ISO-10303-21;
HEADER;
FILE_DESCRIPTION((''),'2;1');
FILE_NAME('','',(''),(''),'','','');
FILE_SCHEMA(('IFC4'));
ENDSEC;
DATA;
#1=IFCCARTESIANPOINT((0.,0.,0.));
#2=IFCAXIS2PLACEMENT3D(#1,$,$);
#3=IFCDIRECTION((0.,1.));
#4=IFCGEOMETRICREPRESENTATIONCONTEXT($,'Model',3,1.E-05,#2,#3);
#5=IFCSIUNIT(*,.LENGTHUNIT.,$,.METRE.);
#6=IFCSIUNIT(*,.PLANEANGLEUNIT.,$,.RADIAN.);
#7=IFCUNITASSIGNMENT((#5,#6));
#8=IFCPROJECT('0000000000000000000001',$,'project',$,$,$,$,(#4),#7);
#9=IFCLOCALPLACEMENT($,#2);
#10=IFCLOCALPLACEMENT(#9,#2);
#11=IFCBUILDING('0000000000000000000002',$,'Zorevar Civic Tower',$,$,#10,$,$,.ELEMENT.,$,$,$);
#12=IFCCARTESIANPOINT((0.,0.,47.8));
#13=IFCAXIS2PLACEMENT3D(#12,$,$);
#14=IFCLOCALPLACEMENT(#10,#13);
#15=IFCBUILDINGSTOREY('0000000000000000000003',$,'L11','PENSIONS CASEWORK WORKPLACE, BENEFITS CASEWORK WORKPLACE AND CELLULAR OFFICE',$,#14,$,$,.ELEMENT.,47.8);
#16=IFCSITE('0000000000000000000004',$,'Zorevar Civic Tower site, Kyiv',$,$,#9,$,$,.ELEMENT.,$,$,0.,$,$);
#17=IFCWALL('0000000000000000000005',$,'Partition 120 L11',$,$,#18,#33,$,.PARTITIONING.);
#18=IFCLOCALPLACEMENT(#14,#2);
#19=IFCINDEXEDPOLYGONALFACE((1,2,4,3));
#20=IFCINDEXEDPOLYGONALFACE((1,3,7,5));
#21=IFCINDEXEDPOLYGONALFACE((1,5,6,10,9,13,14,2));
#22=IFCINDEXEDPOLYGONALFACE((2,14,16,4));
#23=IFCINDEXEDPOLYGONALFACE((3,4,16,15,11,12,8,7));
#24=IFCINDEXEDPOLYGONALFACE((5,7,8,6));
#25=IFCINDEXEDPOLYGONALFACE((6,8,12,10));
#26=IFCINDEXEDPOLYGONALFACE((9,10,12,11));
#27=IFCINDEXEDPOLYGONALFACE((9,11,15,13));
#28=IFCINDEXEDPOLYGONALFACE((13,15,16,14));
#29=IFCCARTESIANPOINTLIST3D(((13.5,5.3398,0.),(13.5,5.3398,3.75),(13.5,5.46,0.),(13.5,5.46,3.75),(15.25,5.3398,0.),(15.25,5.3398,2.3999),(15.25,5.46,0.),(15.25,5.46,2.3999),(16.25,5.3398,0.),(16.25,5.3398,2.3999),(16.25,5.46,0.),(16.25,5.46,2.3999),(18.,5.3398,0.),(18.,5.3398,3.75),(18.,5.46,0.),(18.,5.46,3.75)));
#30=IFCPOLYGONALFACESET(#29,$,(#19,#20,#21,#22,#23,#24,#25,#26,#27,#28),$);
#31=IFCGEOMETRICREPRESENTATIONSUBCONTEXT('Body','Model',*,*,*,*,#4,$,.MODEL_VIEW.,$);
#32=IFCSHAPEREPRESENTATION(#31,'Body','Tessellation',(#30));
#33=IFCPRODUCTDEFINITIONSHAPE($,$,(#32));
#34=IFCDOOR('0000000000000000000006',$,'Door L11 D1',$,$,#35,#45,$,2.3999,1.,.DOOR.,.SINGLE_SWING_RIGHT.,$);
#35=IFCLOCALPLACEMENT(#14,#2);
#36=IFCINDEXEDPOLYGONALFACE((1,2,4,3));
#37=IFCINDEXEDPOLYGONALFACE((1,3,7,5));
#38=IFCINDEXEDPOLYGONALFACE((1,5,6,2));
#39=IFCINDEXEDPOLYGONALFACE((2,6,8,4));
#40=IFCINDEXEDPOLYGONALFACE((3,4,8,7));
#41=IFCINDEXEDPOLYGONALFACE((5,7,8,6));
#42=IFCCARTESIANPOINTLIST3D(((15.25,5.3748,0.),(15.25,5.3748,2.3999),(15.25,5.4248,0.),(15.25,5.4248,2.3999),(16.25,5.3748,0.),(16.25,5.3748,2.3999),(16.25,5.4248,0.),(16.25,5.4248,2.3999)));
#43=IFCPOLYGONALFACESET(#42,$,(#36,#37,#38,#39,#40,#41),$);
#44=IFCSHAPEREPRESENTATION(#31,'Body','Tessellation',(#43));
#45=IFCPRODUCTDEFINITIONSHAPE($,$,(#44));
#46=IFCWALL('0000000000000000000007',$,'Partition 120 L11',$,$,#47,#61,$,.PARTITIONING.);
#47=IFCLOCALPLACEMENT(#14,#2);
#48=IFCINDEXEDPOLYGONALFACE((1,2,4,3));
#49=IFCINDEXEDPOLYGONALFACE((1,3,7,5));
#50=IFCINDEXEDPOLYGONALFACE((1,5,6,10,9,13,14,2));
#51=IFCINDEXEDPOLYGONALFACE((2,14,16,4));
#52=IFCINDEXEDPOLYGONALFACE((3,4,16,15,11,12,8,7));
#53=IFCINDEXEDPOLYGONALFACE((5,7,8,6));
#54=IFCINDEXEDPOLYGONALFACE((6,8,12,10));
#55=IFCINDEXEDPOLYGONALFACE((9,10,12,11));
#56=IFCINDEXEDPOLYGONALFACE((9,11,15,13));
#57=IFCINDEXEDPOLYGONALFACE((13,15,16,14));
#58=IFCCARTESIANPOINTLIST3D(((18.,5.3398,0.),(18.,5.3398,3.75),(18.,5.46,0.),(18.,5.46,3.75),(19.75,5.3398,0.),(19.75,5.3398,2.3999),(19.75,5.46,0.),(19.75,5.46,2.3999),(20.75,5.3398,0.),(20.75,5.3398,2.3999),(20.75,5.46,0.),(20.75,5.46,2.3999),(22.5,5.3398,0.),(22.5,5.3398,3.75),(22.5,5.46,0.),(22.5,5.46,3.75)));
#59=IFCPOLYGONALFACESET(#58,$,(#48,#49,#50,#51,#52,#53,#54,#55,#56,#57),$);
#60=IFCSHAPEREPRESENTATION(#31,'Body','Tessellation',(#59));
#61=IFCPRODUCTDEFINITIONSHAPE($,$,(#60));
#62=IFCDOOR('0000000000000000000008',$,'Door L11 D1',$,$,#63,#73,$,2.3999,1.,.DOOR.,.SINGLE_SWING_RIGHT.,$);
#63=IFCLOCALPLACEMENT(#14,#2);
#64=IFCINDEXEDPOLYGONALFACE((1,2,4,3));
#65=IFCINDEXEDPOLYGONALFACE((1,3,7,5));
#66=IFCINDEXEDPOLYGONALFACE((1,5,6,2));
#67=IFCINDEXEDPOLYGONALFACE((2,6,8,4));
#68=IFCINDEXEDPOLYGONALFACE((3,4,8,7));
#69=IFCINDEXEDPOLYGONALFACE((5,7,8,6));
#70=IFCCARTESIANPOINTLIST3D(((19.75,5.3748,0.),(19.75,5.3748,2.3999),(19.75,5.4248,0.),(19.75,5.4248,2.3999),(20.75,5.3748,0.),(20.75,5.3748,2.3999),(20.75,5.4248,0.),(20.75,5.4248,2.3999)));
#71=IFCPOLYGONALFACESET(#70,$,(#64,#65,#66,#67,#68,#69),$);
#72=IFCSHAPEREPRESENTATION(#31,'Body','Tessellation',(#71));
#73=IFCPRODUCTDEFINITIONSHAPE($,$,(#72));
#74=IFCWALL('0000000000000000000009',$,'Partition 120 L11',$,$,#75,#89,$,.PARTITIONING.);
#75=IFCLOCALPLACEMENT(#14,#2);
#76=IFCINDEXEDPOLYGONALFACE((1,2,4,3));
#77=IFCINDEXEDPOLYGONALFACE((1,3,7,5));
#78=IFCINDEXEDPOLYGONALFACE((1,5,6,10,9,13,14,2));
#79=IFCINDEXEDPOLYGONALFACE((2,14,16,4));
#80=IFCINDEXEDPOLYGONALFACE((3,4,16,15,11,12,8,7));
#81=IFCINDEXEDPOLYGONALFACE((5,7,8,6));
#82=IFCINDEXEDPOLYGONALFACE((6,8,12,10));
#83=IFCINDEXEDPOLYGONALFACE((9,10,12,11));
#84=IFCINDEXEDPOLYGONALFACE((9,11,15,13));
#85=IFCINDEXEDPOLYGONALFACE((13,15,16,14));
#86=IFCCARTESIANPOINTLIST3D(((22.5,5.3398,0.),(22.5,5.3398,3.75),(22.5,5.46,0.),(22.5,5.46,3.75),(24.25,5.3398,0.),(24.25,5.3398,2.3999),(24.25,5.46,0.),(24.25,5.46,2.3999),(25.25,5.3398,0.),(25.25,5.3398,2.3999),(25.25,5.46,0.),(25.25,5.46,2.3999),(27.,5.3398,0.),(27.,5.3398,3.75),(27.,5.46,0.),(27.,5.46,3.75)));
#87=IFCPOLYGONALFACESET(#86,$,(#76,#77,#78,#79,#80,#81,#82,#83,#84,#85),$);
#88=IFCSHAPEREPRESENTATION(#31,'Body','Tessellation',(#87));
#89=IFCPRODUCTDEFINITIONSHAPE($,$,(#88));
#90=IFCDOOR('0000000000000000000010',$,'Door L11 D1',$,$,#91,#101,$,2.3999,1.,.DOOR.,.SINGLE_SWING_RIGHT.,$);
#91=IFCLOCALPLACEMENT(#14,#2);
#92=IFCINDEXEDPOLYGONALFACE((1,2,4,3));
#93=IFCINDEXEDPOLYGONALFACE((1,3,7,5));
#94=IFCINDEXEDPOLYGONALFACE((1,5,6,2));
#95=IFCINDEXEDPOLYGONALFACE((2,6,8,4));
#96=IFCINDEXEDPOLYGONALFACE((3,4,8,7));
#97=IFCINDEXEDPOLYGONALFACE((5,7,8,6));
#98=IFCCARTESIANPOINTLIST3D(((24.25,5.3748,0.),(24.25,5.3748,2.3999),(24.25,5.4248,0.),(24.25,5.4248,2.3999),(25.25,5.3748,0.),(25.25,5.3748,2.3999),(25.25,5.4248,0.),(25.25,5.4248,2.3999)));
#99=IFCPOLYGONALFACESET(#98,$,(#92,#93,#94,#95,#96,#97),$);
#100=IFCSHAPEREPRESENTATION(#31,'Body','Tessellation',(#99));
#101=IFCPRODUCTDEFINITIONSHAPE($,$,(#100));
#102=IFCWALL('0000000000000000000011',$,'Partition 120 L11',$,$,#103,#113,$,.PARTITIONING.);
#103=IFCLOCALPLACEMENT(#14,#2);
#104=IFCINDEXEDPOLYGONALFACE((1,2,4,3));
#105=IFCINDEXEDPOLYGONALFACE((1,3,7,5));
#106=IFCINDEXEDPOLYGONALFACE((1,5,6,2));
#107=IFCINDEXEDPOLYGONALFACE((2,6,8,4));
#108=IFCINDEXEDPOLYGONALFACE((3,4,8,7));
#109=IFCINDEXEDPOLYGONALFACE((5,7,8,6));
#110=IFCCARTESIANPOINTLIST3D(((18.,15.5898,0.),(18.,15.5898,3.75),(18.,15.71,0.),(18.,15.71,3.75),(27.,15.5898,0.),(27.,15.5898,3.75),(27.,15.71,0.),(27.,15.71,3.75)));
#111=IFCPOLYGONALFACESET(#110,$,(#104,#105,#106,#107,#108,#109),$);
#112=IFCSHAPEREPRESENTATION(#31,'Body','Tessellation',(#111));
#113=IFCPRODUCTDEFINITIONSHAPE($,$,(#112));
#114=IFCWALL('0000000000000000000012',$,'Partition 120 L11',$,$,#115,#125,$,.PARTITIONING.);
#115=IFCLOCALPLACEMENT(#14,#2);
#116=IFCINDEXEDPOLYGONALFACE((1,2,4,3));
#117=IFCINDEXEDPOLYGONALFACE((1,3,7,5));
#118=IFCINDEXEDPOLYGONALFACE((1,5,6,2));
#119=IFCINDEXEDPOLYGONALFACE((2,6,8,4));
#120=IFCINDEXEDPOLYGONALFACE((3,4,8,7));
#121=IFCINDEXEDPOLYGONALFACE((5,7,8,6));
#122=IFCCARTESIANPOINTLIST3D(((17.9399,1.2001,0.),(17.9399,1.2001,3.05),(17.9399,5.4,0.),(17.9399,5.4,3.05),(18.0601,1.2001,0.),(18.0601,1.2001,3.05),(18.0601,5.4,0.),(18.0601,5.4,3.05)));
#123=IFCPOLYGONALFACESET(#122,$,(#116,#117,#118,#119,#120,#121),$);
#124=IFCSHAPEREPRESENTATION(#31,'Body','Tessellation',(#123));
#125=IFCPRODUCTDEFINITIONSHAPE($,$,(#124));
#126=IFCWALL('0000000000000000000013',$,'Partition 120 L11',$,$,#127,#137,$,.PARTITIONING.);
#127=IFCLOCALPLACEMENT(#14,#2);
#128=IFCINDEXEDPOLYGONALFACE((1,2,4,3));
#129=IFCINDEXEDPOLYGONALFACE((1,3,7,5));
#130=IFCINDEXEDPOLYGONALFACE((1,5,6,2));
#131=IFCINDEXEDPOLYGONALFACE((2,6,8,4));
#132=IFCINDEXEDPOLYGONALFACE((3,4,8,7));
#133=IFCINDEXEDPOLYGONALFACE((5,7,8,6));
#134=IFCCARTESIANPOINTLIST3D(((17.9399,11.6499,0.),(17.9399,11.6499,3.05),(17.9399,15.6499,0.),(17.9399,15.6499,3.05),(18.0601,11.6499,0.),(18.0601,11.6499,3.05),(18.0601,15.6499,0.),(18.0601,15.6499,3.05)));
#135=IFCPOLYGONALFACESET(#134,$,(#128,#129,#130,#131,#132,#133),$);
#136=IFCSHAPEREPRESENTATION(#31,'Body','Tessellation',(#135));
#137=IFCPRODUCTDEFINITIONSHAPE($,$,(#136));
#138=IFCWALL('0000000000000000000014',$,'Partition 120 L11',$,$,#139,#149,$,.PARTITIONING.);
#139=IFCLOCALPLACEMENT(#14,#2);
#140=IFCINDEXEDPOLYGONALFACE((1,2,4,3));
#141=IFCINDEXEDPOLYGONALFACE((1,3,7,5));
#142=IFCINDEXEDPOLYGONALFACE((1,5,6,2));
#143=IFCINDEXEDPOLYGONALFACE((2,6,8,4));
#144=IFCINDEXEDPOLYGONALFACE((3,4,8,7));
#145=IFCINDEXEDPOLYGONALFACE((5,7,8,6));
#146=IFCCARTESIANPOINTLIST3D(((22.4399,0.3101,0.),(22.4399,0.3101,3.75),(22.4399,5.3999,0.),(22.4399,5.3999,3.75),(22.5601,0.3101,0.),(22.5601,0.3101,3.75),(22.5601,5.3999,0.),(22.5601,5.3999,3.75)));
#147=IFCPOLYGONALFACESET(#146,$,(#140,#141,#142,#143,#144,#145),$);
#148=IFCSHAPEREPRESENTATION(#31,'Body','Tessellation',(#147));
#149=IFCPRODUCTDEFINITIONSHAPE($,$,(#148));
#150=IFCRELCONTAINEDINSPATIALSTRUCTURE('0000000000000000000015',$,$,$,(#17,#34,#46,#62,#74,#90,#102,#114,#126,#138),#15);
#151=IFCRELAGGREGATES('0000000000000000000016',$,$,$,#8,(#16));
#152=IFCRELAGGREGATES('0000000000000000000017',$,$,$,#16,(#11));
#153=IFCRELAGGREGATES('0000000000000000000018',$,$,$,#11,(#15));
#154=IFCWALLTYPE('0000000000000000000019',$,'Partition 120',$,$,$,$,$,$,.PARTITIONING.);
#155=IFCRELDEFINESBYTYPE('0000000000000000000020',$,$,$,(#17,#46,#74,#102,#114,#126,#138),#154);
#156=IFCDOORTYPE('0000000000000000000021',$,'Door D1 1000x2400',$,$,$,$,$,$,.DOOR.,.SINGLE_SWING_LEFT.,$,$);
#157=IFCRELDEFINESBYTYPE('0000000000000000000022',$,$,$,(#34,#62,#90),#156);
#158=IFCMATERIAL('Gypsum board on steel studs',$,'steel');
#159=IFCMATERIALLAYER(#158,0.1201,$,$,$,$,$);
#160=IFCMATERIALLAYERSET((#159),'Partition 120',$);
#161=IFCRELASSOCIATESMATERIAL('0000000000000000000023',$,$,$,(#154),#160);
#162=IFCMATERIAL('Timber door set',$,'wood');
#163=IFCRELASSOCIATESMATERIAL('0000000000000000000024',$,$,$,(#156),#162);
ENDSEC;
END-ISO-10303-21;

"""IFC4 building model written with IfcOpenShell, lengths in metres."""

from ifc_helpers import new_model, si_unit, direction, frame, frame_2d, origin, place, context, subcontext, project, spatial, rectangle, extrude, material, layer, layer_set, type_object, element, fill, save


model = new_model("IFC4")

# Units and contexts
model_context = context("Model", 3, precision=1e-05, world=origin(), true_north=direction((0.0, 1.0)))
body_context = subcontext(model_context, "Body", "Model", "MODEL_VIEW")
ifc_project = project(units=[si_unit("LENGTHUNIT", "METRE"), si_unit("PLANEANGLEUNIT", "RADIAN")], contexts=[model_context])

# Site, building, storey
site_placement = place(None, origin())
site = spatial("IfcSite", under=ifc_project, at=site_placement, Name="Zorevar Civic Tower site, Kyiv", CompositionType="ELEMENT", RefElevation=0.0)
building_placement = place(site_placement, origin())
building = spatial("IfcBuilding", under=site, at=building_placement, Name="Zorevar Civic Tower", CompositionType="ELEMENT")
storey_placement = place(building_placement, frame((0.0, 0.0, 47.8)))
storey = spatial("IfcBuildingStorey", under=building, at=storey_placement, Name="L11", Description="PENSIONS CASEWORK WORKPLACE, BENEFITS CASEWORK WORKPLACE AND CELLULAR OFFICE", CompositionType="ELEMENT", Elevation=47.8)

# Walls, openings, doors
ifc_material_1 = material(Name="Gypsum board on steel studs", Category="steel")
ifc_layer_1 = layer(ifc_material_1, 0.1201)
ifc_layer_set_1 = layer_set([ifc_layer_1], Name="Partition 120")
wall_type_1 = type_object("IfcWallType", Name="Partition 120", PredefinedType="PARTITIONING", material=ifc_layer_set_1)
wall_1_placement = place(storey_placement, frame((13.5, 5.3999, 0.0), z_axis=(0.0, 0.0, 1.0), x_axis=(1.0, 0.0, 0.0)))
wall_1 = element("IfcWall", 1, at=wall_1_placement, inside=storey, type_object=wall_type_1, Name="Partition 120 L11", PredefinedType="PARTITIONING", context=body_context, shape_type="SweptSolid", body=[
    extrude(rectangle(XDim=4.5, YDim=0.1201, at=frame_2d((2.25, 0.0))), origin(), (0.0, 0.0, 1.0), 3.75),
])
opening_1_placement = place(wall_1_placement, frame((1.75, 0.0, 0.0)))
opening_1 = element("IfcOpeningElement", 2, at=opening_1_placement, cuts=wall_1, PredefinedType="OPENING", context=body_context, shape_type="SweptSolid", body=[
    extrude(rectangle(XDim=1.0, YDim=2.3999, at=frame_2d((0.5, 1.2))), frame((0.0, 0.0701, 0.0), z_axis=(0.0, -1.0, 0.0), x_axis=(1.0, 0.0, 0.0)), (0.0, 0.0, 1.0), 0.1401),
])
ifc_material_2 = material(Name="Timber door set", Category="wood")
door_type_1 = type_object("IfcDoorType", Name="Door D1 1000x2400", OperationType="SINGLE_SWING_LEFT", PredefinedType="DOOR", material=ifc_material_2)
door_1_placement = place(opening_1_placement, origin())
door_1 = element("IfcDoor", 3, at=door_1_placement, inside=storey, type_object=door_type_1, Name="Door L11 D1", OperationType="SINGLE_SWING_RIGHT", OverallHeight=2.3999, OverallWidth=1.0, PredefinedType="DOOR", context=body_context, shape_type="SweptSolid", body=[
    extrude(rectangle(XDim=1.0, YDim=2.3999, at=frame_2d((0.5, 1.2))), frame((0.0, 0.0249, 0.0), z_axis=(0.0, -1.0, 0.0), x_axis=(1.0, 0.0, 0.0)), (0.0, 0.0, 1.0), 0.05),
])
fill(opening_1, door_1)
wall_2_placement = place(storey_placement, frame((18.0, 5.3999, 0.0), z_axis=(0.0, 0.0, 1.0), x_axis=(1.0, 0.0, 0.0)))
wall_2 = element("IfcWall", 4, at=wall_2_placement, inside=storey, type_object=wall_type_1, Name="Partition 120 L11", PredefinedType="PARTITIONING", context=body_context, shape_type="SweptSolid", body=[
    extrude(rectangle(XDim=4.5, YDim=0.1201, at=frame_2d((2.25, 0.0))), origin(), (0.0, 0.0, 1.0), 3.75),
])
opening_2_placement = place(wall_2_placement, frame((1.75, 0.0, 0.0)))
opening_2 = element("IfcOpeningElement", 5, at=opening_2_placement, cuts=wall_2, PredefinedType="OPENING", context=body_context, shape_type="SweptSolid", body=[
    extrude(rectangle(XDim=1.0, YDim=2.3999, at=frame_2d((0.5, 1.2))), frame((0.0, 0.0701, 0.0), z_axis=(0.0, -1.0, 0.0), x_axis=(1.0, 0.0, 0.0)), (0.0, 0.0, 1.0), 0.1401),
])
door_2_placement = place(opening_2_placement, origin())
door_2 = element("IfcDoor", 6, at=door_2_placement, inside=storey, type_object=door_type_1, Name="Door L11 D1", OperationType="SINGLE_SWING_RIGHT", OverallHeight=2.3999, OverallWidth=1.0, PredefinedType="DOOR", context=body_context, shape_type="SweptSolid", body=[
    extrude(rectangle(XDim=1.0, YDim=2.3999, at=frame_2d((0.5, 1.2))), frame((0.0, 0.0249, 0.0), z_axis=(0.0, -1.0, 0.0), x_axis=(1.0, 0.0, 0.0)), (0.0, 0.0, 1.0), 0.05),
])
fill(opening_2, door_2)
wall_3_placement = place(storey_placement, frame((22.5, 5.3999, 0.0), z_axis=(0.0, 0.0, 1.0), x_axis=(1.0, 0.0, 0.0)))
wall_3 = element("IfcWall", 7, at=wall_3_placement, inside=storey, type_object=wall_type_1, Name="Partition 120 L11", PredefinedType="PARTITIONING", context=body_context, shape_type="SweptSolid", body=[
    extrude(rectangle(XDim=4.5, YDim=0.1201, at=frame_2d((2.25, 0.0))), origin(), (0.0, 0.0, 1.0), 3.75),
])
opening_3_placement = place(wall_3_placement, frame((1.75, 0.0, 0.0)))
opening_3 = element("IfcOpeningElement", 8, at=opening_3_placement, cuts=wall_3, PredefinedType="OPENING", context=body_context, shape_type="SweptSolid", body=[
    extrude(rectangle(XDim=1.0, YDim=2.3999, at=frame_2d((0.5, 1.2))), frame((0.0, 0.0701, 0.0), z_axis=(0.0, -1.0, 0.0), x_axis=(1.0, 0.0, 0.0)), (0.0, 0.0, 1.0), 0.1401),
])
door_3_placement = place(opening_3_placement, origin())
door_3 = element("IfcDoor", 9, at=door_3_placement, inside=storey, type_object=door_type_1, Name="Door L11 D1", OperationType="SINGLE_SWING_RIGHT", OverallHeight=2.3999, OverallWidth=1.0, PredefinedType="DOOR", context=body_context, shape_type="SweptSolid", body=[
    extrude(rectangle(XDim=1.0, YDim=2.3999, at=frame_2d((0.5, 1.2))), frame((0.0, 0.0249, 0.0), z_axis=(0.0, -1.0, 0.0), x_axis=(1.0, 0.0, 0.0)), (0.0, 0.0, 1.0), 0.05),
])
fill(opening_3, door_3)

# Walls
wall_4_placement = place(storey_placement, frame((18.0, 15.6499, 0.0), z_axis=(0.0, 0.0, 1.0), x_axis=(1.0, 0.0, 0.0)))
element("IfcWall", 10, at=wall_4_placement, inside=storey, type_object=wall_type_1, Name="Partition 120 L11", PredefinedType="PARTITIONING", context=body_context, shape_type="SweptSolid", body=[
    extrude(rectangle(XDim=9.0, YDim=0.1201, at=frame_2d((4.5, 0.0))), origin(), (0.0, 0.0, 1.0), 3.75),
])
wall_5_placement = place(storey_placement, frame((18.0, 1.2, 0.0), z_axis=(0.0, 0.0, 1.0), x_axis=(0.0, 1.0, 0.0)))
element("IfcWall", 11, at=wall_5_placement, inside=storey, type_object=wall_type_1, Name="Partition 120 L11", PredefinedType="PARTITIONING", context=body_context, shape_type="SweptSolid", body=[
    extrude(rectangle(XDim=4.2, YDim=0.1201, at=frame_2d((2.1001, 0.0))), origin(), (0.0, 0.0, 1.0), 3.05),
])
wall_6_placement = place(storey_placement, frame((18.0, 11.6499, 0.0), z_axis=(0.0, 0.0, 1.0), x_axis=(0.0, 1.0, 0.0)))
element("IfcWall", 12, at=wall_6_placement, inside=storey, type_object=wall_type_1, Name="Partition 120 L11", PredefinedType="PARTITIONING", context=body_context, shape_type="SweptSolid", body=[
    extrude(rectangle(XDim=4.0, YDim=0.1201, at=frame_2d((2.0, 0.0))), origin(), (0.0, 0.0, 1.0), 3.05),
])
wall_7_placement = place(storey_placement, frame((22.5, 0.3101, 0.0), z_axis=(0.0, 0.0, 1.0), x_axis=(0.0, 1.0, 0.0)))
element("IfcWall", 13, at=wall_7_placement, inside=storey, type_object=wall_type_1, Name="Partition 120 L11", PredefinedType="PARTITIONING", context=body_context, shape_type="SweptSolid", body=[
    extrude(rectangle(XDim=5.0898, YDim=0.1201, at=frame_2d((2.5449, 0.0))), origin(), (0.0, 0.0, 1.0), 3.75),
])

save(model, "model.ifc")
